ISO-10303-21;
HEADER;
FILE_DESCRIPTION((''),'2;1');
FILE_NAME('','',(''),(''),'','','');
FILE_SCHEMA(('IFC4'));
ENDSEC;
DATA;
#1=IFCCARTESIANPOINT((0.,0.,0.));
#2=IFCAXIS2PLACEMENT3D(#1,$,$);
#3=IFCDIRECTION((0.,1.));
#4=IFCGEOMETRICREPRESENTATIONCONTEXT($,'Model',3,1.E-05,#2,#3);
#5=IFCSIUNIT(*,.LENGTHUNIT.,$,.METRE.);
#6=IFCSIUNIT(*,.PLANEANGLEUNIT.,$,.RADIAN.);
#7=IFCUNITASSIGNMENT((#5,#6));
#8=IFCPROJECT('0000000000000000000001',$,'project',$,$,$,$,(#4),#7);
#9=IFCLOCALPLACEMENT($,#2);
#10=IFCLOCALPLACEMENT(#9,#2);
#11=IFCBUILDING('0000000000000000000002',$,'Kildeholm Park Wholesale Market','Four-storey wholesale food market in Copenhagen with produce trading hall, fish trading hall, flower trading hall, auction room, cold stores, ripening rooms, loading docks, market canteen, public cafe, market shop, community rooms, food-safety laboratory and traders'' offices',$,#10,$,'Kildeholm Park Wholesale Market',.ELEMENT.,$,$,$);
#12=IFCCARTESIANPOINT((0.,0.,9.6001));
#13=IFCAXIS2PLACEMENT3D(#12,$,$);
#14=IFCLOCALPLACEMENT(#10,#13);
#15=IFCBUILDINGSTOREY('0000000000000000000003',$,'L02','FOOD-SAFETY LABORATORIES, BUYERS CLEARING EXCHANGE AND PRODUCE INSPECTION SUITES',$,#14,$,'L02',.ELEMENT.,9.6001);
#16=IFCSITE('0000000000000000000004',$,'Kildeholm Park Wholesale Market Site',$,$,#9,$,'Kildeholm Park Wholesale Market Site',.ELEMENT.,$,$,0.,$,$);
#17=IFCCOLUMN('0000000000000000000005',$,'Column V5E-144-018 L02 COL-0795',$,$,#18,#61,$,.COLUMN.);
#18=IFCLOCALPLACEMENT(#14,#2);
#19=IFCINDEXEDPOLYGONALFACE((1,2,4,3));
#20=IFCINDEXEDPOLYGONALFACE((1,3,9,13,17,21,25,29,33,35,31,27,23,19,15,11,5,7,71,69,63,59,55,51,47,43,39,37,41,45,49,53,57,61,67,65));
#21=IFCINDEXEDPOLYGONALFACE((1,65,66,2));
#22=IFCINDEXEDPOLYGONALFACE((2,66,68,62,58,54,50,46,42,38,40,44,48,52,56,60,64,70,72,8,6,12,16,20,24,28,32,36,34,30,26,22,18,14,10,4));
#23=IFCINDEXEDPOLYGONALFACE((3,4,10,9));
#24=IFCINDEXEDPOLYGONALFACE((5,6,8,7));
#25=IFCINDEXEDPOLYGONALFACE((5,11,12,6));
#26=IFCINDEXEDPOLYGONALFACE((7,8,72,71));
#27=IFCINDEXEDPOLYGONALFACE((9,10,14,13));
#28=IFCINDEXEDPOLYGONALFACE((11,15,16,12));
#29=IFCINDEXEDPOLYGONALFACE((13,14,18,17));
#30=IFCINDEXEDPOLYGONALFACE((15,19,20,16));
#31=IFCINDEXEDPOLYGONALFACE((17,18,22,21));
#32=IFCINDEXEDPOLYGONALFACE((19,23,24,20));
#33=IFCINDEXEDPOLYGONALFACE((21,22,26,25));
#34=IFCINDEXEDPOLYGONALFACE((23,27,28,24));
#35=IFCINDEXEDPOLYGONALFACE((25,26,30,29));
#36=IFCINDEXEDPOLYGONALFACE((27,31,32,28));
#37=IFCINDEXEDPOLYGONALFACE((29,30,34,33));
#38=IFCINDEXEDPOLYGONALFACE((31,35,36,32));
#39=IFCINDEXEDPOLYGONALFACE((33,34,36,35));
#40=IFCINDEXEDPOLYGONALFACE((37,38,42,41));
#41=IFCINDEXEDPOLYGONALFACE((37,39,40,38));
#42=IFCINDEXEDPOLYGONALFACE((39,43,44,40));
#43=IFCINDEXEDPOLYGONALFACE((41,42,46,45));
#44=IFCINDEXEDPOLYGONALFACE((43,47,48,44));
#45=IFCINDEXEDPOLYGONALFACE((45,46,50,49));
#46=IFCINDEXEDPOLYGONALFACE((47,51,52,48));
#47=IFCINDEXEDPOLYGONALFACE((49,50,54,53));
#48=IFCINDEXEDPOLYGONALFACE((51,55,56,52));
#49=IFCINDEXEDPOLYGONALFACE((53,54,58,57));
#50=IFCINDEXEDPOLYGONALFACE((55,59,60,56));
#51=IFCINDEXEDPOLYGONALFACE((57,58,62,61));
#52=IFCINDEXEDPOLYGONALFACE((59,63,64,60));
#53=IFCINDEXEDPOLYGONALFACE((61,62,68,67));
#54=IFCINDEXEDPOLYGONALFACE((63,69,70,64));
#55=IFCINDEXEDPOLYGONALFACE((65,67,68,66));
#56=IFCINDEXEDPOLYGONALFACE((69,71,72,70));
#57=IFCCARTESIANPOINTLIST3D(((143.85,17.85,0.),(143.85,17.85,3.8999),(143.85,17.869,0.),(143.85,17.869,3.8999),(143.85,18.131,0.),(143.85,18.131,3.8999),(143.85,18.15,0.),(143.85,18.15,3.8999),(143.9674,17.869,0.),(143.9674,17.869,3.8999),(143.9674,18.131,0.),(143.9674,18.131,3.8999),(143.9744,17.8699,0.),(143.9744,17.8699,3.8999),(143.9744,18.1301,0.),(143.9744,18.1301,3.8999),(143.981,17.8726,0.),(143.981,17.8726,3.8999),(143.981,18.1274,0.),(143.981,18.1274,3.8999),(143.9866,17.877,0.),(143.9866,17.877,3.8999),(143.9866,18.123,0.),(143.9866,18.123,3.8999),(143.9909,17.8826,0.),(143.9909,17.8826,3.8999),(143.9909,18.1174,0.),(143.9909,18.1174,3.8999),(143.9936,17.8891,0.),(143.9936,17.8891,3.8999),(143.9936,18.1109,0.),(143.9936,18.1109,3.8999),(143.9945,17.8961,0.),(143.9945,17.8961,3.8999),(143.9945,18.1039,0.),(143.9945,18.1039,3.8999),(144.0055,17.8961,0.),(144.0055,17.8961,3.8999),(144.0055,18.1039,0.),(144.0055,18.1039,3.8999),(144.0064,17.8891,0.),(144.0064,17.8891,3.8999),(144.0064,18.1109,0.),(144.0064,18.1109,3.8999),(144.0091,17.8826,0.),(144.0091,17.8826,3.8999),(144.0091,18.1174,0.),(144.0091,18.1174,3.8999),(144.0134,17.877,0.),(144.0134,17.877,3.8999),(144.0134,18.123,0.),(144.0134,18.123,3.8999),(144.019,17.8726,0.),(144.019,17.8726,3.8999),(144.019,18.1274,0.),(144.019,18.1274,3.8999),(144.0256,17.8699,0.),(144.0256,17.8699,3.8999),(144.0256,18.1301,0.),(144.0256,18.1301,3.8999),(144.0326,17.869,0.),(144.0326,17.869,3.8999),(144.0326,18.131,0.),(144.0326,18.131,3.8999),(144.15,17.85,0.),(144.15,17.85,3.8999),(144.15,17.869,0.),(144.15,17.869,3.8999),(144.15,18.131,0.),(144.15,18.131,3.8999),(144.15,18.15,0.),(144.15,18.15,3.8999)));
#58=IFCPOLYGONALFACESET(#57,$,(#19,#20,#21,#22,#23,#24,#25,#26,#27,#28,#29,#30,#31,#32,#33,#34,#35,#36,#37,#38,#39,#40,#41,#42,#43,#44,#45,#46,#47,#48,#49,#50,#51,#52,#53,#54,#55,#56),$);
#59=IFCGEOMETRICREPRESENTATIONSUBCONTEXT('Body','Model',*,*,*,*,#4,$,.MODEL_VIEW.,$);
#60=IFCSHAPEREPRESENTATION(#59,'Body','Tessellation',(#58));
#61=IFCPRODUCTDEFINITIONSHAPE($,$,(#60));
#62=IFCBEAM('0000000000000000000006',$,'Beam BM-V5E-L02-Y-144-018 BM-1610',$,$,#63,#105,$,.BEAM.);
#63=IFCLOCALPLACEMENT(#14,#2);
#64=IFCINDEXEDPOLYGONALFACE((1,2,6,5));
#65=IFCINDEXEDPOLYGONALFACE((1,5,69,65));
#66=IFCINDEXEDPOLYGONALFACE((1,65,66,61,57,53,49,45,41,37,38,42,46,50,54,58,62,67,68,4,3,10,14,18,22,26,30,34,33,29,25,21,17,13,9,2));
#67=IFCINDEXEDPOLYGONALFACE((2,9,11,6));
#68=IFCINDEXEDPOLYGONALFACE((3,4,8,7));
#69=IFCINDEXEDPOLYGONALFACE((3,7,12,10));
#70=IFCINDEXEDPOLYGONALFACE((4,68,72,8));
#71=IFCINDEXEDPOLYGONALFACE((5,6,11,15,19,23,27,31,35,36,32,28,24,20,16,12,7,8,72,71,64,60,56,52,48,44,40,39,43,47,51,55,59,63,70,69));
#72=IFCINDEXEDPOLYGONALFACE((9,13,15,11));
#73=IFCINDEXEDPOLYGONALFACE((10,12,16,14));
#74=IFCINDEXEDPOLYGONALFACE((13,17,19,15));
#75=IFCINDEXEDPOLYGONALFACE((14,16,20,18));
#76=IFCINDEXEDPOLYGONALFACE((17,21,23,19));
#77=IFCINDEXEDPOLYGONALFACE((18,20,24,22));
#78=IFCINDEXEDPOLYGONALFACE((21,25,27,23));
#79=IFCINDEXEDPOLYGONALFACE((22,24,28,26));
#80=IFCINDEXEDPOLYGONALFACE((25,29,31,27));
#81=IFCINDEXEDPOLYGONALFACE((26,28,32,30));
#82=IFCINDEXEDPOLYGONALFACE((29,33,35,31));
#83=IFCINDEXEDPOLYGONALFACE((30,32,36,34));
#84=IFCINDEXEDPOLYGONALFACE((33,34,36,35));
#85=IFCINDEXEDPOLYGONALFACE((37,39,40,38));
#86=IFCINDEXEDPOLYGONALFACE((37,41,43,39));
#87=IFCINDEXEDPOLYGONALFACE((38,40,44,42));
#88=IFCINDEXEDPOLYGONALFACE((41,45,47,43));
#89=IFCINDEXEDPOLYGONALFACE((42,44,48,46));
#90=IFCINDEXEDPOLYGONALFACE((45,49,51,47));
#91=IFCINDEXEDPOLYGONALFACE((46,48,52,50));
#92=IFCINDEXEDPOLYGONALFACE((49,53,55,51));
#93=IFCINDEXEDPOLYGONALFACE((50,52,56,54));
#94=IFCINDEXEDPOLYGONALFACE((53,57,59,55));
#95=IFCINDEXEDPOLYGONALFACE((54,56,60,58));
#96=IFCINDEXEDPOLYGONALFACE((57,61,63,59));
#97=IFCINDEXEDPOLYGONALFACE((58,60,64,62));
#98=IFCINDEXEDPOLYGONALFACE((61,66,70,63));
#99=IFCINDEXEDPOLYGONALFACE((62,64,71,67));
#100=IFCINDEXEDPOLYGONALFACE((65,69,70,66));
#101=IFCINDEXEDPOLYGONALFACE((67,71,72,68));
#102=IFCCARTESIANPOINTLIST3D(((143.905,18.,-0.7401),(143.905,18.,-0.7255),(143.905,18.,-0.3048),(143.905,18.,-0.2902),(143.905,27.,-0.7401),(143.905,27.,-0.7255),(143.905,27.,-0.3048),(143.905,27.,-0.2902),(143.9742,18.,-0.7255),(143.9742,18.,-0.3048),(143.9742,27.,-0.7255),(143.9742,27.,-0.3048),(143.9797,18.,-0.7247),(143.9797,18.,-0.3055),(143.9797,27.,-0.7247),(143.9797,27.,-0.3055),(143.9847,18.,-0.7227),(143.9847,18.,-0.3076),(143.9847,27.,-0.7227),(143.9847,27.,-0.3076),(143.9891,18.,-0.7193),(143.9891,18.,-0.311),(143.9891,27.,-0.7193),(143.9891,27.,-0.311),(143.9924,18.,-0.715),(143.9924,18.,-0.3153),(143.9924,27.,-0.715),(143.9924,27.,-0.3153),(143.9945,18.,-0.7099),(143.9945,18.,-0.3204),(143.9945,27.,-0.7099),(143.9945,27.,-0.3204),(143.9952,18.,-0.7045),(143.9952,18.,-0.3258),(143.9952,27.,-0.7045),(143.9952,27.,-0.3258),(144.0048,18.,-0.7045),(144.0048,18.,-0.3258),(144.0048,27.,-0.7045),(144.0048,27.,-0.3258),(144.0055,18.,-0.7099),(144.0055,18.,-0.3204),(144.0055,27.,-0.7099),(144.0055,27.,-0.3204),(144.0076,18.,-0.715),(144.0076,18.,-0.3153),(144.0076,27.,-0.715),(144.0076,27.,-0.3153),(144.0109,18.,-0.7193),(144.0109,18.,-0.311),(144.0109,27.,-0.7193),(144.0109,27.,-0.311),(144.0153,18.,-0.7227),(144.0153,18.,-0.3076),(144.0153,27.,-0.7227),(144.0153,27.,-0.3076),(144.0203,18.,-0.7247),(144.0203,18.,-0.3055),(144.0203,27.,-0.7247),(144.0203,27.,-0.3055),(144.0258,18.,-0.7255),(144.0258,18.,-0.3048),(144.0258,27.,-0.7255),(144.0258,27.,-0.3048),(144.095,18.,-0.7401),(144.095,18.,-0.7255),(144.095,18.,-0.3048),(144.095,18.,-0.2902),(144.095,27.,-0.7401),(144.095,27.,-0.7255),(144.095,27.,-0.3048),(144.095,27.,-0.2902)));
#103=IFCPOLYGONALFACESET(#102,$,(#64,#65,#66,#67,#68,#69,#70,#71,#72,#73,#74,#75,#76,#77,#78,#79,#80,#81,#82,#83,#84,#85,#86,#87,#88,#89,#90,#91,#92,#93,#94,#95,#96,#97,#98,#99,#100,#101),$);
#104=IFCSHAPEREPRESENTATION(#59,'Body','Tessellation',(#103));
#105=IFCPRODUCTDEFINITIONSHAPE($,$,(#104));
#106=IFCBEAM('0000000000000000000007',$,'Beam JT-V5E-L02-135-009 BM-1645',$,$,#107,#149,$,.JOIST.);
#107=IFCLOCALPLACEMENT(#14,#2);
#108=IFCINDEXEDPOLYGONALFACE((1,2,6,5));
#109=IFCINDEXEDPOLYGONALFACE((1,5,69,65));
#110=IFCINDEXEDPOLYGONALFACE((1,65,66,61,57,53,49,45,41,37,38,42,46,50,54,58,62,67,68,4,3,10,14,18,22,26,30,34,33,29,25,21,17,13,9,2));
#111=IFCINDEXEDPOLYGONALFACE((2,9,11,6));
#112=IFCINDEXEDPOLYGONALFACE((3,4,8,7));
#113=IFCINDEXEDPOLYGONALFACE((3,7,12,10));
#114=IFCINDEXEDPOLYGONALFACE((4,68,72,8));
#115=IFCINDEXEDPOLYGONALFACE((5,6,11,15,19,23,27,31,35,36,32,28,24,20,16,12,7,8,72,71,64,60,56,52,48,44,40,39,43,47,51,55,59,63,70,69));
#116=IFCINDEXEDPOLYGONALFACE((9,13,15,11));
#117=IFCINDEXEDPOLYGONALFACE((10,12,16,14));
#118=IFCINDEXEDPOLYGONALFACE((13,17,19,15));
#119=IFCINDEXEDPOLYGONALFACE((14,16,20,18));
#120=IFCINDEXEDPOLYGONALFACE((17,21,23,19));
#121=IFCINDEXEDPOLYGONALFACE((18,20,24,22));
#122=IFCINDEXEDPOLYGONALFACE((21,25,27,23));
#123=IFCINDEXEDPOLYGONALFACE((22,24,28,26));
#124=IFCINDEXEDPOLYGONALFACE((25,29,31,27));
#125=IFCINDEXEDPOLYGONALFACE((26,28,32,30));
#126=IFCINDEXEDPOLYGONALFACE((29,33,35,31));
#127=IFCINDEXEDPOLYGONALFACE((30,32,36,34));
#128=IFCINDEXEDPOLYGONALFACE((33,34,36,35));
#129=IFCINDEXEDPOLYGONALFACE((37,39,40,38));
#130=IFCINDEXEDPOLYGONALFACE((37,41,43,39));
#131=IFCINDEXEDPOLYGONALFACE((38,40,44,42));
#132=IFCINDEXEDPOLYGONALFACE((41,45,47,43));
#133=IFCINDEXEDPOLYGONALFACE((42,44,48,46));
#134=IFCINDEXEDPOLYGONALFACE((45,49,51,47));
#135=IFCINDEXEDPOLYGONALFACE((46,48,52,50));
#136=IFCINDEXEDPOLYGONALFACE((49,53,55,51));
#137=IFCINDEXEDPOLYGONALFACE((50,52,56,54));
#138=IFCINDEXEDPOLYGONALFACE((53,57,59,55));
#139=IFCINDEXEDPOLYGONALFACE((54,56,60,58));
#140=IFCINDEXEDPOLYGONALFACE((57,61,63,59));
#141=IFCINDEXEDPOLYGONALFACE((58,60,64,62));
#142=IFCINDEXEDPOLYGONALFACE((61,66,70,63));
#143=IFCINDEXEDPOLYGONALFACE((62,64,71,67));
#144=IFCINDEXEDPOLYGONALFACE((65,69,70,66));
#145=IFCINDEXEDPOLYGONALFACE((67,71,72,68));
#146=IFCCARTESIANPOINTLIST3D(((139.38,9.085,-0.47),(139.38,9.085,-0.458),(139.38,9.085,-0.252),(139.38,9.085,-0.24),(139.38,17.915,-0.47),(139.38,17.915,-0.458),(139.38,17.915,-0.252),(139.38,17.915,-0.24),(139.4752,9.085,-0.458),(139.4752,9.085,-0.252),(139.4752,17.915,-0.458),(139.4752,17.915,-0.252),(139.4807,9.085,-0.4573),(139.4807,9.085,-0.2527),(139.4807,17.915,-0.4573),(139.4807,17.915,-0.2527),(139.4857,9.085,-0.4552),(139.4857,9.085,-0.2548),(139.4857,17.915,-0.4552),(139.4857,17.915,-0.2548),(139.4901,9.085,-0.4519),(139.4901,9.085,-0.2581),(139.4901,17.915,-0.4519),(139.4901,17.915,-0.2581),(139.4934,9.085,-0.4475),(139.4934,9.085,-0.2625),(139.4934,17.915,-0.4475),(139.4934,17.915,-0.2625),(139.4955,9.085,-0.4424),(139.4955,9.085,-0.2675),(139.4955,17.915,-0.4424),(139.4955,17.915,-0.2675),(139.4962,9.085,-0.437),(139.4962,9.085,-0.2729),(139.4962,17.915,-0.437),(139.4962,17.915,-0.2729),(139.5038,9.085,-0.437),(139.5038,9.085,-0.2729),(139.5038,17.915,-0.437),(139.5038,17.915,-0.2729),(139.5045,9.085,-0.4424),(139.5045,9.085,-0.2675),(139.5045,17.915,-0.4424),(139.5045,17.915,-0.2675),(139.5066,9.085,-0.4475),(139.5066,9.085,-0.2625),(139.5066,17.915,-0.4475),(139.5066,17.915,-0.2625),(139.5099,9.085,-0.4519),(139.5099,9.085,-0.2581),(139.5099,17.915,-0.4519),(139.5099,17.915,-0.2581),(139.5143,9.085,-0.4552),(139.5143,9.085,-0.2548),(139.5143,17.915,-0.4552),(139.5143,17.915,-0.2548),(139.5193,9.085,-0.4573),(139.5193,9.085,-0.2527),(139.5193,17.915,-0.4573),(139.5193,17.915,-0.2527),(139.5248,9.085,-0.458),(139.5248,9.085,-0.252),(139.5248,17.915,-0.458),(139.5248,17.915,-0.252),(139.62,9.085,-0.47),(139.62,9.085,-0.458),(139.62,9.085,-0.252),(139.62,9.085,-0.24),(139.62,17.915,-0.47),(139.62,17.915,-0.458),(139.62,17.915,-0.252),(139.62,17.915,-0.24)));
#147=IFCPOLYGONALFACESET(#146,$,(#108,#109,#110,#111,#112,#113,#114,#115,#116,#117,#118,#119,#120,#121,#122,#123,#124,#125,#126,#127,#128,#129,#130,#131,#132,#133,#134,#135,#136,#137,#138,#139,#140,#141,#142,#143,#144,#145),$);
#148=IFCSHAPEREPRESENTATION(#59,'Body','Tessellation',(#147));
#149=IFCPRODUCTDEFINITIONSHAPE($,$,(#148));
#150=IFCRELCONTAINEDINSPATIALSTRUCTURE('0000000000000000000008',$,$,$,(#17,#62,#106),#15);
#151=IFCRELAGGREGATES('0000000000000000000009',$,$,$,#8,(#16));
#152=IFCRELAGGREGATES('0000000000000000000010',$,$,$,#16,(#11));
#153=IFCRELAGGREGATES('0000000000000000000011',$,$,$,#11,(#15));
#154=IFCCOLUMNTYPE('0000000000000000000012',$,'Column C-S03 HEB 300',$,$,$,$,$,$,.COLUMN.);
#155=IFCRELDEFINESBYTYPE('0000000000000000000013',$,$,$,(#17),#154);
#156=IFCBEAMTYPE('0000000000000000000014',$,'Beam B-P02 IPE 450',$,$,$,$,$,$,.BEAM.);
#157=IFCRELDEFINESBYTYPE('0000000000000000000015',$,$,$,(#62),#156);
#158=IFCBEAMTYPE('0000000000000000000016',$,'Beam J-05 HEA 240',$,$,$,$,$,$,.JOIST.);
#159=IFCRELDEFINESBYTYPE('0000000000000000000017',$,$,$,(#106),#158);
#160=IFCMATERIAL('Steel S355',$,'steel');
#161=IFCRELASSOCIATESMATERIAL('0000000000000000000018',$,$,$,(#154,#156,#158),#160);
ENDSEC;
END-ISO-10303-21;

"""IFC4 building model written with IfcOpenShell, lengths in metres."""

from ifc_helpers import new_model, si_unit, direction, frame, origin, origin_2d, place, context, subcontext, project, spatial, i_section, extrude, material, material_profile, profile_set, type_object, element, save


model = new_model("IFC4")

# Units and contexts
model_context = context("Model", 3, precision=1e-05, world=origin(), true_north=direction((0.0, 1.0)))
body_context = subcontext(model_context, "Body", "Model", "MODEL_VIEW")
ifc_project = project(units=[si_unit("LENGTHUNIT", "METRE"), si_unit("PLANEANGLEUNIT", "RADIAN")], contexts=[model_context])

# Site, building, storey
site_placement = place(None, origin())
site = spatial("IfcSite", under=ifc_project, at=site_placement, Name="Kildeholm Park Wholesale Market Site", LongName="Kildeholm Park Wholesale Market Site", CompositionType="ELEMENT", RefElevation=0.0)
building_placement = place(site_placement, origin())
building = spatial("IfcBuilding", under=site, at=building_placement, Name="Kildeholm Park Wholesale Market", Description="Four-storey wholesale food market in Copenhagen with produce trading hall, fish trading hall, flower trading hall, auction room, cold stores, ripening rooms, loading docks, market canteen, public cafe, market shop, community rooms, food-safety laboratory and traders' offices", LongName="Kildeholm Park Wholesale Market", CompositionType="ELEMENT")
storey_placement = place(building_placement, frame((0.0, 0.0, 9.6001)))
storey = spatial("IfcBuildingStorey", under=building, at=storey_placement, Name="L02", Description="FOOD-SAFETY LABORATORIES, BUYERS CLEARING EXCHANGE AND PRODUCE INSPECTION SUITES", LongName="L02", CompositionType="ELEMENT", Elevation=9.6001)

# Column
ifc_material_1 = material(Name="Steel S355", Category="steel")
ifc_material_profile_1 = material_profile(ifc_material_1, i_section(OverallWidth=0.3, OverallDepth=0.3, WebThickness=0.011, FlangeThickness=0.019, FilletRadius=0.0271, at=origin_2d()), Name="HEB 300")
ifc_profile_set_1 = profile_set([ifc_material_profile_1], Name="Steel S355")
column_type = type_object("IfcColumnType", Name="Column C-S03 HEB 300", PredefinedType="COLUMN", material=ifc_profile_set_1)
column_placement = place(storey_placement, frame((144.0, 18.0, 0.0), z_axis=(0.0, 0.0, 1.0), x_axis=(1.0, 0.0, 0.0)))
element("IfcColumn", 1, at=column_placement, inside=storey, type_object=column_type, Name="Column V5E-144-018 L02 COL-0795", PredefinedType="COLUMN", context=body_context, shape_type="SweptSolid", body=[
    extrude(i_section(OverallWidth=0.3, OverallDepth=0.3, WebThickness=0.011, FlangeThickness=0.019, FilletRadius=0.0271, at=origin_2d()), origin(), (0.0, 0.0, 1.0), 3.8999),
])

# Beams
ifc_material_profile_2 = material_profile(ifc_material_1, i_section(OverallWidth=0.1899, OverallDepth=0.45, WebThickness=0.0095, FlangeThickness=0.0146, FilletRadius=0.021, at=origin_2d()), Name="IPE 450")
ifc_profile_set_2 = profile_set([ifc_material_profile_2], Name="Steel S355")
beam_type_1 = type_object("IfcBeamType", Name="Beam B-P02 IPE 450", PredefinedType="BEAM", material=ifc_profile_set_2)
beam_1_placement = place(storey_placement, frame((144.0, 18.0, -0.5151), z_axis=(0.0, 1.0, 0.0), x_axis=(-1.0, 0.0, 0.0)))
element("IfcBeam", 2, at=beam_1_placement, inside=storey, type_object=beam_type_1, Name="Beam BM-V5E-L02-Y-144-018 BM-1610", PredefinedType="BEAM", context=body_context, shape_type="SweptSolid", body=[
    extrude(i_section(OverallWidth=0.1899, OverallDepth=0.45, WebThickness=0.0095, FlangeThickness=0.0146, FilletRadius=0.021, at=origin_2d()), origin(), (0.0, 0.0, 1.0), 9.0),
])
ifc_material_profile_3 = material_profile(ifc_material_1, i_section(OverallWidth=0.24, OverallDepth=0.23, WebThickness=0.0076, FlangeThickness=0.012, FilletRadius=0.021, at=origin_2d()), Name="HEA 240")
ifc_profile_set_3 = profile_set([ifc_material_profile_3], Name="Steel S355")
beam_type_2 = type_object("IfcBeamType", Name="Beam J-05 HEA 240", PredefinedType="JOIST", material=ifc_profile_set_3)
beam_2_placement = place(storey_placement, frame((139.5, 9.085, -0.355), z_axis=(0.0, 1.0, 0.0), x_axis=(-1.0, 0.0, 0.0)))
element("IfcBeam", 3, at=beam_2_placement, inside=storey, type_object=beam_type_2, Name="Beam JT-V5E-L02-135-009 BM-1645", PredefinedType="JOIST", context=body_context, shape_type="SweptSolid", body=[
    extrude(i_section(OverallWidth=0.24, OverallDepth=0.23, WebThickness=0.0076, FlangeThickness=0.012, FilletRadius=0.021, at=origin_2d()), origin(), (0.0, 0.0, 1.0), 8.8301),
])

save(model, "model.ifc")
